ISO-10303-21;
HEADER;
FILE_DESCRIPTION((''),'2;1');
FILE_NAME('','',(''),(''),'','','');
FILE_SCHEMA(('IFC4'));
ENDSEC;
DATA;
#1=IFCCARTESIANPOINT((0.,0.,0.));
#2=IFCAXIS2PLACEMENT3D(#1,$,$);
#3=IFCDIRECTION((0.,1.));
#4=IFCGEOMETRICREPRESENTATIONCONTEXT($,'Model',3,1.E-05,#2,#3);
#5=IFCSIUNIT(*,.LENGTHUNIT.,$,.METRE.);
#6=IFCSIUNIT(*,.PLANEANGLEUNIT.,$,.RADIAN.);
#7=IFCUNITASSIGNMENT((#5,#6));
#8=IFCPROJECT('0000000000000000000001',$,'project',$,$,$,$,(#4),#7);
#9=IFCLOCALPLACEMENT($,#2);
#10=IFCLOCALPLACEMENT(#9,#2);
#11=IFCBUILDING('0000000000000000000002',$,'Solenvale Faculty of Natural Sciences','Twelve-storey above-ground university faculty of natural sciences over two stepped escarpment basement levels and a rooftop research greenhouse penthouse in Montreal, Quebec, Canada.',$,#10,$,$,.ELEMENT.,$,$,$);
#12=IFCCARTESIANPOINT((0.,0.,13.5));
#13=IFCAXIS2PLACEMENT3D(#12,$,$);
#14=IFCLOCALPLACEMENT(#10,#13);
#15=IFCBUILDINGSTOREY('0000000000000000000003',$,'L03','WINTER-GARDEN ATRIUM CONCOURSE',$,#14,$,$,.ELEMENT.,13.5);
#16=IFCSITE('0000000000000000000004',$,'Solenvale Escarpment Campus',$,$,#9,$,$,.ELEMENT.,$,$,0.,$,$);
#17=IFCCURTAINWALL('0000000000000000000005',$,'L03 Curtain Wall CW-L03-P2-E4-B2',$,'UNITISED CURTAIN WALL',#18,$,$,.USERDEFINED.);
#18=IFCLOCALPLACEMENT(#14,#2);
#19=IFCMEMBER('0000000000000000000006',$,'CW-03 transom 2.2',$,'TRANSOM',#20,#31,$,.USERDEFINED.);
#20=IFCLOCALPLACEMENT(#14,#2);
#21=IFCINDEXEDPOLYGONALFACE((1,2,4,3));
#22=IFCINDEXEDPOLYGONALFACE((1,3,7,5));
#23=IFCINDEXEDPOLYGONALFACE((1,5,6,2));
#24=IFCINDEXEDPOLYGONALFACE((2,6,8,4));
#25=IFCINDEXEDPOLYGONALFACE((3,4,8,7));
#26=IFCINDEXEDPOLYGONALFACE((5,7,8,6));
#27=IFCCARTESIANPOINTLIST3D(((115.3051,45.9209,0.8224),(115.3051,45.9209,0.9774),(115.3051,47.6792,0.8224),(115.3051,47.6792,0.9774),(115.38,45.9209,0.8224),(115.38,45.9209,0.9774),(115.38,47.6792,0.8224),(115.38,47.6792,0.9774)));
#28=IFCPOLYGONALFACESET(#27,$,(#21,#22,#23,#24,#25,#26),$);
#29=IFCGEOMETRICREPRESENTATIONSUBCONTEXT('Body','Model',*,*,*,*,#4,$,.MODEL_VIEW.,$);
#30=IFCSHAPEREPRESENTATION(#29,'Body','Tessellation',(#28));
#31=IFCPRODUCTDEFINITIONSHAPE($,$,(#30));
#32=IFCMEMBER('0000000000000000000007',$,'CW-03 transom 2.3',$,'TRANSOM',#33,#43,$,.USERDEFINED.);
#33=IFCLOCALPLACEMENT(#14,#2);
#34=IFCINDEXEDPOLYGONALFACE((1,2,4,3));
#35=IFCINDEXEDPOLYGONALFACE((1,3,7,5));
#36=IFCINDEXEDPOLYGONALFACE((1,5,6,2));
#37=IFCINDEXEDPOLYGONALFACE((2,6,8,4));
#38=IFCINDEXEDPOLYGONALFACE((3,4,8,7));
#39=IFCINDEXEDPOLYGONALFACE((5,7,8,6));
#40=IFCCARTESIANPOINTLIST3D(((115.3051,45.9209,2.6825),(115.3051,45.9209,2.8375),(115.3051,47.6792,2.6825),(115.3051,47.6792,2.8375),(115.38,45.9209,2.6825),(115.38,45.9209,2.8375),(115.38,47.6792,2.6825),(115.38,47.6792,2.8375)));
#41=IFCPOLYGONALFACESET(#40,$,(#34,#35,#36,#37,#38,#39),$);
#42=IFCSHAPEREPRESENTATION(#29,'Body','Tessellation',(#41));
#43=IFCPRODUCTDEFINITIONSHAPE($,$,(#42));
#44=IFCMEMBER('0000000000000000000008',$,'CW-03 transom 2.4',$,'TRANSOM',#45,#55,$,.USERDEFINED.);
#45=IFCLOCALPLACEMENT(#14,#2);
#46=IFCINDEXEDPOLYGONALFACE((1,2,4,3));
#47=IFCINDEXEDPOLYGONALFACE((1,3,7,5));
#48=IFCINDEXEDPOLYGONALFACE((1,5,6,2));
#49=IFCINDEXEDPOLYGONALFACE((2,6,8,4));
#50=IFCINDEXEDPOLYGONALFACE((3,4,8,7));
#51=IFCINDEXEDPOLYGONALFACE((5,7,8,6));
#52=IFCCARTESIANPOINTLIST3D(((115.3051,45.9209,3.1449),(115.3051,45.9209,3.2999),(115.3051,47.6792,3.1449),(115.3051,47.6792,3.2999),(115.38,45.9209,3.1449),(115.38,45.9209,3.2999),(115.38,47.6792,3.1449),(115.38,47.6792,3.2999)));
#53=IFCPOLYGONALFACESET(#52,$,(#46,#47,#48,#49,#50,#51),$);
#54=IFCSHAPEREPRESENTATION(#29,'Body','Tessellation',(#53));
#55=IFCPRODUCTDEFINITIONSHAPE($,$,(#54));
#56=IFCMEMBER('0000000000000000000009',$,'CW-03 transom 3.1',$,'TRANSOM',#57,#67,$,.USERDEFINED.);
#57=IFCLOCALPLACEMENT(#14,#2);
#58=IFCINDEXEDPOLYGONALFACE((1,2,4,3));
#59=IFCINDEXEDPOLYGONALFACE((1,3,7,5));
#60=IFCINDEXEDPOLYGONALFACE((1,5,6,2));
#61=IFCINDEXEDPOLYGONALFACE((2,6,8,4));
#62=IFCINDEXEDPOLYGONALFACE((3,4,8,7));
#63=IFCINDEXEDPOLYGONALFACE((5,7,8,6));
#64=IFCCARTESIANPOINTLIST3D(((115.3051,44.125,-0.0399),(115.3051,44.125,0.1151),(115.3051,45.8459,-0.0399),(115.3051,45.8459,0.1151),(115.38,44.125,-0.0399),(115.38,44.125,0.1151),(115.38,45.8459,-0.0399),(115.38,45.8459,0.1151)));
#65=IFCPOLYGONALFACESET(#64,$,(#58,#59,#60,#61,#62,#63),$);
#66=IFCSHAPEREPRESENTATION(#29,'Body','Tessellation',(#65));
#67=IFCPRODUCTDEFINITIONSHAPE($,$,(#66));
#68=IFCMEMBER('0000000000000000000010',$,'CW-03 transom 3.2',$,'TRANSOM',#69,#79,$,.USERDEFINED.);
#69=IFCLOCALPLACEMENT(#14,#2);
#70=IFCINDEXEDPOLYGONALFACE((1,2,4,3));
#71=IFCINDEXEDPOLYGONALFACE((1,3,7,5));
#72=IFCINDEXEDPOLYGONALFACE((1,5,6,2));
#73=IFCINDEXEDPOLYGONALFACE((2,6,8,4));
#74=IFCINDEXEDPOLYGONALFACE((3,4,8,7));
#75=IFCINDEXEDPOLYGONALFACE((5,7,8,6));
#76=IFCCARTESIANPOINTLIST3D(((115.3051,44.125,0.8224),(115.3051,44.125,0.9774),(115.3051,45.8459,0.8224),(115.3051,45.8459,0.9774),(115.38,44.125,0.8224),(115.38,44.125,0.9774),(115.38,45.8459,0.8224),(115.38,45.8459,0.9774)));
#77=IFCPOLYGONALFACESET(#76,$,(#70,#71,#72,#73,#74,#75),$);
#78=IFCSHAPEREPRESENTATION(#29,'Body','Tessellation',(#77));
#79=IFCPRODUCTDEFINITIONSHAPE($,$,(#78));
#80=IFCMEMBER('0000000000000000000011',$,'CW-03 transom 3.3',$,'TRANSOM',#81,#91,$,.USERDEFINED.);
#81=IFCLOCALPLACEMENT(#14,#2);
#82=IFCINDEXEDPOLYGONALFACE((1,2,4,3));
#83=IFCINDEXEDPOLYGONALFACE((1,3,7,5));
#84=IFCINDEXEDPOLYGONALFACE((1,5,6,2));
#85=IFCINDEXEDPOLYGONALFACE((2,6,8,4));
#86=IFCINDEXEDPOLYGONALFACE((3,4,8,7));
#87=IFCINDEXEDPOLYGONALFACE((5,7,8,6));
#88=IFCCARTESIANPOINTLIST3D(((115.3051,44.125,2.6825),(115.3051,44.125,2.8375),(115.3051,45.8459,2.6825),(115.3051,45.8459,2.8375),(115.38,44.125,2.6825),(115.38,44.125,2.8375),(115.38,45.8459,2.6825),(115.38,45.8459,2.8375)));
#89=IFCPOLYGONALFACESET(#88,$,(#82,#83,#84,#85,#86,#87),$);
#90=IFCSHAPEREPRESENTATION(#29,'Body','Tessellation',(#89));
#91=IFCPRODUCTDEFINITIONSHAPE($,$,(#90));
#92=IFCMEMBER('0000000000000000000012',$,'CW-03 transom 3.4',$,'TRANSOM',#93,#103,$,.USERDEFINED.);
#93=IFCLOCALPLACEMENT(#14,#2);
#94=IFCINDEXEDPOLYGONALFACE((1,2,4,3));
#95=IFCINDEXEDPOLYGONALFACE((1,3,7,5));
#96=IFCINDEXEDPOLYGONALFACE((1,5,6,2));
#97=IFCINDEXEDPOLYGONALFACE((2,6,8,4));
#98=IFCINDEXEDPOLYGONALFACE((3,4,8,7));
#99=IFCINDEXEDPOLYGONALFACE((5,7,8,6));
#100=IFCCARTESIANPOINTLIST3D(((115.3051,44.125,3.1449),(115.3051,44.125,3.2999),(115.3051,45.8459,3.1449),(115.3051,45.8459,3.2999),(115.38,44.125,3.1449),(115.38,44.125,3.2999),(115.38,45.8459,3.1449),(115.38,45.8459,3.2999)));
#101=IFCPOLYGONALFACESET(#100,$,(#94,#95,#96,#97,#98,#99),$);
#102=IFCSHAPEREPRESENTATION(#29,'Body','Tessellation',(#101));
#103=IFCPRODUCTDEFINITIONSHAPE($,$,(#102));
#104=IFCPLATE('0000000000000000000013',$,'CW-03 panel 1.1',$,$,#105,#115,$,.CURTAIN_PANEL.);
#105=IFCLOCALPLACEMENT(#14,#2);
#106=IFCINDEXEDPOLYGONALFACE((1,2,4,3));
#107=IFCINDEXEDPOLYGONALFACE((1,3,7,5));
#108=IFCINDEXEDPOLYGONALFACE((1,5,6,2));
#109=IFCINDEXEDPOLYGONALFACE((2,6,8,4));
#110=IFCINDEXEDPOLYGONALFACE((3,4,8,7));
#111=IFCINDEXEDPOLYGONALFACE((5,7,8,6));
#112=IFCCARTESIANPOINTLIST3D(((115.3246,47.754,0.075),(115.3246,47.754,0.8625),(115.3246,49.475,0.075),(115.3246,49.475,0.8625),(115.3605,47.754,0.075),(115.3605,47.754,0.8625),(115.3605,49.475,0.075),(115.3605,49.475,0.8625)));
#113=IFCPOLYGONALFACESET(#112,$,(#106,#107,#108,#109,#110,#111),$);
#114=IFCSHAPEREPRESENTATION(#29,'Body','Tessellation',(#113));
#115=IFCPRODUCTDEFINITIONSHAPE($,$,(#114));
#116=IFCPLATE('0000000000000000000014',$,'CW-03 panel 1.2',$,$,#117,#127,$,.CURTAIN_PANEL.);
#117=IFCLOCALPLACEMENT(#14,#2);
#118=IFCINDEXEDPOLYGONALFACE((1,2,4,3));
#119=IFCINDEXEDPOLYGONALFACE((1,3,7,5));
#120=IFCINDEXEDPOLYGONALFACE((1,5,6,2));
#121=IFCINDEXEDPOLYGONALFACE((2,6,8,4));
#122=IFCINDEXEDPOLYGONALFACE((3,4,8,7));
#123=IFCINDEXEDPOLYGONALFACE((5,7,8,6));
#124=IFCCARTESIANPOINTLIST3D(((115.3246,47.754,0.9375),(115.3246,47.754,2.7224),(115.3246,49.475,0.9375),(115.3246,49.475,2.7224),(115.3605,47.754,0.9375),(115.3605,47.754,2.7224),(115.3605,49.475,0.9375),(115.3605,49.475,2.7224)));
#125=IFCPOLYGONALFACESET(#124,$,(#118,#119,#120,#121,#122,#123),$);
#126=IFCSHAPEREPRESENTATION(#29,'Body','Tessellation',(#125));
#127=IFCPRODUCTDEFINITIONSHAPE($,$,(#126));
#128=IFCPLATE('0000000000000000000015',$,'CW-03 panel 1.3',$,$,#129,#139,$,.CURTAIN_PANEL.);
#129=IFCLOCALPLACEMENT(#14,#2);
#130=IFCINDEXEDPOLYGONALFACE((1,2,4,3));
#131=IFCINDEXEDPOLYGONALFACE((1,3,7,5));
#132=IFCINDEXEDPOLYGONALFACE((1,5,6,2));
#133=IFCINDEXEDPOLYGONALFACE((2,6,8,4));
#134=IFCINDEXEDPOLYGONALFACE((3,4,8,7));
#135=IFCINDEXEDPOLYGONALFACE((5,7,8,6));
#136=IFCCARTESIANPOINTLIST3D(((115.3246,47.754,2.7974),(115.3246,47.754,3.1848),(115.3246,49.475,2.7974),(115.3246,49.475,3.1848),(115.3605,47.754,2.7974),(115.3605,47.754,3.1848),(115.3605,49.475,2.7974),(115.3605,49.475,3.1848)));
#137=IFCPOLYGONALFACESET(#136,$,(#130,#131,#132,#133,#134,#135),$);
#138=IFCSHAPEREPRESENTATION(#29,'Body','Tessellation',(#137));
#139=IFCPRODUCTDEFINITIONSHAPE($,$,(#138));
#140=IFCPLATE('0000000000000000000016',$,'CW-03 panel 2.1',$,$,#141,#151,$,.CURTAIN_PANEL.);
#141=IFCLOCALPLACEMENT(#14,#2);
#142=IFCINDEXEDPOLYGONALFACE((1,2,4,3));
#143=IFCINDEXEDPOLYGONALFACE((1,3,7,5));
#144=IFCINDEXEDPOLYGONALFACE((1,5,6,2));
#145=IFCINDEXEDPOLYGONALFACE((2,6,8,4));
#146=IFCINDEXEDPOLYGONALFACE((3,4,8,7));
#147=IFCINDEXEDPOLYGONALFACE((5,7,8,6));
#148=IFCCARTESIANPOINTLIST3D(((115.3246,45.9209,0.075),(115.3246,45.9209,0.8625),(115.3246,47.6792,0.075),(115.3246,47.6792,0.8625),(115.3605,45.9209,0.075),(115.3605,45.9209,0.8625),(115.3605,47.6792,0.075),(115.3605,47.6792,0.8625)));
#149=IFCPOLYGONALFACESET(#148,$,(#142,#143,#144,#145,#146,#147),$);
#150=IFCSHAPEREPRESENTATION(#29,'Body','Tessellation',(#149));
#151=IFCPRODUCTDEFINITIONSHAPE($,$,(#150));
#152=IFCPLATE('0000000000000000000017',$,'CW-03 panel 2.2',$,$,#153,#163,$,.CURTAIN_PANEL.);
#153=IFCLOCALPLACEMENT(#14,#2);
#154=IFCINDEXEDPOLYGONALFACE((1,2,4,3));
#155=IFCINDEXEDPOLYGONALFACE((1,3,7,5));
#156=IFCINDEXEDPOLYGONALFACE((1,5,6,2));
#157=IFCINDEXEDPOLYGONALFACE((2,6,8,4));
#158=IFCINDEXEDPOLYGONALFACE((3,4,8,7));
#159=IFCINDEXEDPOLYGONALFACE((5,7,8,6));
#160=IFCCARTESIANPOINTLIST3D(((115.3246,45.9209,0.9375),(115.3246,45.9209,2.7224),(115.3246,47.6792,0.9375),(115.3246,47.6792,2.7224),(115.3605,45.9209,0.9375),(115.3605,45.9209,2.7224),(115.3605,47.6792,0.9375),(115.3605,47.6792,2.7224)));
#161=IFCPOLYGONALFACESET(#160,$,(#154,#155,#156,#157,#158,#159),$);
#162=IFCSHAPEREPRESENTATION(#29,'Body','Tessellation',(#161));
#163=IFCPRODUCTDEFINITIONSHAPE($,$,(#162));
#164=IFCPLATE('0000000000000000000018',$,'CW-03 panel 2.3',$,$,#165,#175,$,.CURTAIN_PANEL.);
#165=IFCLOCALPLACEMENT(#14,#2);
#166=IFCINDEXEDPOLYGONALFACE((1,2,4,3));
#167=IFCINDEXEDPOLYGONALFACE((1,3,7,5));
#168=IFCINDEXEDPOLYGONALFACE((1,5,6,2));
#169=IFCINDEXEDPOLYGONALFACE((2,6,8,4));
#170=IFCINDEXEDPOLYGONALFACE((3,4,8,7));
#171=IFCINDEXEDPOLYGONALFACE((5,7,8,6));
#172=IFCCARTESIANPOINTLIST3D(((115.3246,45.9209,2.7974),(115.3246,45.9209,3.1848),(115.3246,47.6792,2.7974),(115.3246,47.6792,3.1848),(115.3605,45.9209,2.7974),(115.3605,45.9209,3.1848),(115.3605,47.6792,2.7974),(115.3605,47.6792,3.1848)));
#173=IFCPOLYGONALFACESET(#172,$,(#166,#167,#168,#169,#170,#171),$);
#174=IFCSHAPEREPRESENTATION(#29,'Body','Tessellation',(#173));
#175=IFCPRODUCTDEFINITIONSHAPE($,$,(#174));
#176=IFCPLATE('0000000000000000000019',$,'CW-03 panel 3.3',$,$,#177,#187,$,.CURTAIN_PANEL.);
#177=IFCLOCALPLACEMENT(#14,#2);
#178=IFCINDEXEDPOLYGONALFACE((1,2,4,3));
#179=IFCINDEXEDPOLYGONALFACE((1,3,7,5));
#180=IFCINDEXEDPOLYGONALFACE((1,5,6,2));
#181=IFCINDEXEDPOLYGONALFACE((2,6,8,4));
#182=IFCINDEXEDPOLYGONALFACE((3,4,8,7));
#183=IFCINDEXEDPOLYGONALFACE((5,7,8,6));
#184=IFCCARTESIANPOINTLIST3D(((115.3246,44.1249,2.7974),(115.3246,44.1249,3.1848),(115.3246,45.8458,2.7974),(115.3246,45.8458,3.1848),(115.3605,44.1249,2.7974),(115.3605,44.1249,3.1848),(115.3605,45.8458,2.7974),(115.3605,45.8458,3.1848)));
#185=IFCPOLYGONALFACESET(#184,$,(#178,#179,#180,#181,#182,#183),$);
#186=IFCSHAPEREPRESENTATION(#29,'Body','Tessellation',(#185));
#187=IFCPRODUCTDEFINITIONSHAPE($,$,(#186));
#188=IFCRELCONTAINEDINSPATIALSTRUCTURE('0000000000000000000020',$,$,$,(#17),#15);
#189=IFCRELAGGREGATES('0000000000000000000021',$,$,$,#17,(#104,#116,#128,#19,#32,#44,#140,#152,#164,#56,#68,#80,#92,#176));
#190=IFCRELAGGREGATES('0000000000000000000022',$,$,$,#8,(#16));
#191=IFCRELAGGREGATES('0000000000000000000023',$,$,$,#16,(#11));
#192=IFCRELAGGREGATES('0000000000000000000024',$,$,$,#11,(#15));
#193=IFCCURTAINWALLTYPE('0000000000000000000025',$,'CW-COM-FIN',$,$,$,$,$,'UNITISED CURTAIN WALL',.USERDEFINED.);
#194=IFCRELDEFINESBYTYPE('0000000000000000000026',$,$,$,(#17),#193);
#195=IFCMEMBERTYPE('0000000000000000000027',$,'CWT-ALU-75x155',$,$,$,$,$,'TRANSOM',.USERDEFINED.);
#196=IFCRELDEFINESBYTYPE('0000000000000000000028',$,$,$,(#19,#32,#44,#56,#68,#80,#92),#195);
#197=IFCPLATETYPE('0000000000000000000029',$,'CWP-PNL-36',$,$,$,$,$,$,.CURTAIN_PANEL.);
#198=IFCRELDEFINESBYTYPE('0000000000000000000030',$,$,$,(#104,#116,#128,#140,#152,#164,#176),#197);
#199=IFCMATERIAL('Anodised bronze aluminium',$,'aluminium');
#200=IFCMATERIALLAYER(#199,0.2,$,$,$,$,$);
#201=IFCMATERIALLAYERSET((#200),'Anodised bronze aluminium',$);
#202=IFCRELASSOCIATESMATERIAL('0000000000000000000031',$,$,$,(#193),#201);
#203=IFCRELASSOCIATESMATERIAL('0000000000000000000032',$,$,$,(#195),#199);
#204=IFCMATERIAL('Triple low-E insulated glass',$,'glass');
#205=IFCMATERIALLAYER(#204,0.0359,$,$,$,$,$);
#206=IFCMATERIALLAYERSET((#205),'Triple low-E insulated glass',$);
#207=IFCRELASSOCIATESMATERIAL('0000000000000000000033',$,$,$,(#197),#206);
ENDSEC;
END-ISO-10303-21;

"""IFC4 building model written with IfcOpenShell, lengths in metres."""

from ifc_helpers import new_model, si_unit, direction, frame, origin, origin_2d, place, context, subcontext, project, spatial, rectangle, extrude, material, layer, layer_set, material_profile, profile_set, type_object, element, aggregate, save


model = new_model("IFC4")

# Units and contexts
model_context = context("Model", 3, precision=1e-05, world=origin(), true_north=direction((0.0, 1.0)))
body_context = subcontext(model_context, "Body", "Model", "MODEL_VIEW")
ifc_project = project(units=[si_unit("LENGTHUNIT", "METRE"), si_unit("PLANEANGLEUNIT", "RADIAN")], contexts=[model_context])

# Site, building, storey
site_placement = place(None, origin())
site = spatial("IfcSite", under=ifc_project, at=site_placement, Name="Solenvale Escarpment Campus", CompositionType="ELEMENT", RefElevation=0.0)
building_placement = place(site_placement, origin())
building = spatial("IfcBuilding", under=site, at=building_placement, Name="Solenvale Faculty of Natural Sciences", Description="Twelve-storey above-ground university faculty of natural sciences over two stepped escarpment basement levels and a rooftop research greenhouse penthouse in Montreal, Quebec, Canada.", CompositionType="ELEMENT")
storey_placement = place(building_placement, frame((0.0, 0.0, 13.5)))
storey = spatial("IfcBuildingStorey", under=building, at=storey_placement, Name="L03", Description="WINTER-GARDEN ATRIUM CONCOURSE", CompositionType="ELEMENT", Elevation=13.5)

# Curtain wall, members, plates
ifc_material_1 = material(Name="Anodised bronze aluminium", Category="aluminium")
ifc_layer_1 = layer(ifc_material_1, 0.2)
ifc_layer_set_1 = layer_set([ifc_layer_1], Name="Anodised bronze aluminium")
curtain_wall_type = type_object("IfcCurtainWallType", Name="CW-COM-FIN", ElementType="UNITISED CURTAIN WALL", PredefinedType="USERDEFINED", material=ifc_layer_set_1)
curtain_wall_placement = place(storey_placement, origin())
curtain_wall = element("IfcCurtainWall", 1, at=curtain_wall_placement, inside=storey, type_object=curtain_wall_type, Name="L03 Curtain Wall CW-L03-P2-E4-B2", ObjectType="UNITISED CURTAIN WALL", PredefinedType="USERDEFINED")
ifc_material_profile_1 = material_profile(ifc_material_1, rectangle(XDim=0.075, YDim=0.155, at=origin_2d()), Name="ALU-TRN-75x155")
ifc_profile_set_1 = profile_set([ifc_material_profile_1], Name="Anodised bronze aluminium")
member_type_1 = type_object("IfcMemberType", Name="CWT-ALU-75x155", ElementType="TRANSOM", PredefinedType="USERDEFINED", material=ifc_profile_set_1)
member_1_placement = place(storey_placement, frame((115.3425, 47.6792, 0.8999), z_axis=(0.0, -1.0, 0.0), x_axis=(1.0, 0.0, 0.0)))
member_1 = element("IfcMember", 2, at=member_1_placement, type_object=member_type_1, Name="CW-03 transom 2.2", ObjectType="TRANSOM", PredefinedType="USERDEFINED", context=body_context, shape_type="SweptSolid", body=[
    extrude(rectangle(XDim=0.075, YDim=0.155, at=origin_2d()), origin(), (0.0, 0.0, 1.0), 1.7583),
])
member_2_placement = place(storey_placement, frame((115.3425, 47.6792, 2.76), z_axis=(0.0, -1.0, 0.0), x_axis=(1.0, 0.0, 0.0)))
member_2 = element("IfcMember", 3, at=member_2_placement, type_object=member_type_1, Name="CW-03 transom 2.3", ObjectType="TRANSOM", PredefinedType="USERDEFINED", context=body_context, shape_type="SweptSolid", body=[
    extrude(rectangle(XDim=0.075, YDim=0.155, at=origin_2d()), origin(), (0.0, 0.0, 1.0), 1.7583),
])
member_3_placement = place(storey_placement, frame((115.3425, 47.6792, 3.2224), z_axis=(0.0, -1.0, 0.0), x_axis=(1.0, 0.0, 0.0)))
member_3 = element("IfcMember", 4, at=member_3_placement, type_object=member_type_1, Name="CW-03 transom 2.4", ObjectType="TRANSOM", PredefinedType="USERDEFINED", context=body_context, shape_type="SweptSolid", body=[
    extrude(rectangle(XDim=0.075, YDim=0.155, at=origin_2d()), origin(), (0.0, 0.0, 1.0), 1.7583),
])
member_4_placement = place(storey_placement, frame((115.3425, 45.8459, 0.0376), z_axis=(0.0, -1.0, 0.0), x_axis=(1.0, 0.0, 0.0)))
member_4 = element("IfcMember", 5, at=member_4_placement, type_object=member_type_1, Name="CW-03 transom 3.1", ObjectType="TRANSOM", PredefinedType="USERDEFINED", context=body_context, shape_type="SweptSolid", body=[
    extrude(rectangle(XDim=0.075, YDim=0.155, at=origin_2d()), origin(), (0.0, 0.0, 1.0), 1.7209),
])
member_5_placement = place(storey_placement, frame((115.3425, 45.8459, 0.8999), z_axis=(0.0, -1.0, 0.0), x_axis=(1.0, 0.0, 0.0)))
member_5 = element("IfcMember", 6, at=member_5_placement, type_object=member_type_1, Name="CW-03 transom 3.2", ObjectType="TRANSOM", PredefinedType="USERDEFINED", context=body_context, shape_type="SweptSolid", body=[
    extrude(rectangle(XDim=0.075, YDim=0.155, at=origin_2d()), origin(), (0.0, 0.0, 1.0), 1.7209),
])
member_6_placement = place(storey_placement, frame((115.3425, 45.8459, 2.76), z_axis=(0.0, -1.0, 0.0), x_axis=(1.0, 0.0, 0.0)))
member_6 = element("IfcMember", 7, at=member_6_placement, type_object=member_type_1, Name="CW-03 transom 3.3", ObjectType="TRANSOM", PredefinedType="USERDEFINED", context=body_context, shape_type="SweptSolid", body=[
    extrude(rectangle(XDim=0.075, YDim=0.155, at=origin_2d()), origin(), (0.0, 0.0, 1.0), 1.7209),
])
member_7_placement = place(storey_placement, frame((115.3425, 45.8459, 3.2224), z_axis=(0.0, -1.0, 0.0), x_axis=(1.0, 0.0, 0.0)))
member_7 = element("IfcMember", 8, at=member_7_placement, type_object=member_type_1, Name="CW-03 transom 3.4", ObjectType="TRANSOM", PredefinedType="USERDEFINED", context=body_context, shape_type="SweptSolid", body=[
    extrude(rectangle(XDim=0.075, YDim=0.155, at=origin_2d()), origin(), (0.0, 0.0, 1.0), 1.7209),
])
ifc_material_2 = material(Name="Triple low-E insulated glass", Category="glass")
ifc_layer_2 = layer(ifc_material_2, 0.0359)
ifc_layer_set_2 = layer_set([ifc_layer_2], Name="Triple low-E insulated glass")
plate_type = type_object("IfcPlateType", Name="CWP-PNL-36", PredefinedType="CURTAIN_PANEL", material=ifc_layer_set_2)
plate_1_placement = place(storey_placement, frame((115.3425, 48.6145, 0.075), z_axis=(0.0, 0.0, 1.0), x_axis=(0.0, -1.0, 0.0)))
plate_1 = element("IfcPlate", 9, at=plate_1_placement, type_object=plate_type, Name="CW-03 panel 1.1", PredefinedType="CURTAIN_PANEL", context=body_context, shape_type="SweptSolid", body=[
    extrude(rectangle(XDim=1.7209, YDim=0.0359, at=origin_2d()), origin(), (0.0, 0.0, 1.0), 0.7876),
])
plate_2_placement = place(storey_placement, frame((115.3425, 48.6145, 0.9375), z_axis=(0.0, 0.0, 1.0), x_axis=(0.0, -1.0, 0.0)))
plate_2 = element("IfcPlate", 10, at=plate_2_placement, type_object=plate_type, Name="CW-03 panel 1.2", PredefinedType="CURTAIN_PANEL", context=body_context, shape_type="SweptSolid", body=[
    extrude(rectangle(XDim=1.7209, YDim=0.0359, at=origin_2d()), origin(), (0.0, 0.0, 1.0), 1.7849),
])
plate_3_placement = place(storey_placement, frame((115.3425, 48.6145, 2.7974), z_axis=(0.0, 0.0, 1.0), x_axis=(0.0, -1.0, 0.0)))
plate_3 = element("IfcPlate", 11, at=plate_3_placement, type_object=plate_type, Name="CW-03 panel 1.3", PredefinedType="CURTAIN_PANEL", context=body_context, shape_type="SweptSolid", body=[
    extrude(rectangle(XDim=1.7209, YDim=0.0359, at=origin_2d()), origin(), (0.0, 0.0, 1.0), 0.3875),
])
plate_4_placement = place(storey_placement, frame((115.3425, 46.8, 0.075), z_axis=(0.0, 0.0, 1.0), x_axis=(0.0, -1.0, 0.0)))
plate_4 = element("IfcPlate", 12, at=plate_4_placement, type_object=plate_type, Name="CW-03 panel 2.1", PredefinedType="CURTAIN_PANEL", context=body_context, shape_type="SweptSolid", body=[
    extrude(rectangle(XDim=1.7583, YDim=0.0359, at=origin_2d()), origin(), (0.0, 0.0, 1.0), 0.7876),
])
plate_5_placement = place(storey_placement, frame((115.3425, 46.8, 0.9375), z_axis=(0.0, 0.0, 1.0), x_axis=(0.0, -1.0, 0.0)))
plate_5 = element("IfcPlate", 13, at=plate_5_placement, type_object=plate_type, Name="CW-03 panel 2.2", PredefinedType="CURTAIN_PANEL", context=body_context, shape_type="SweptSolid", body=[
    extrude(rectangle(XDim=1.7583, YDim=0.0359, at=origin_2d()), origin(), (0.0, 0.0, 1.0), 1.7849),
])
plate_6_placement = place(storey_placement, frame((115.3425, 46.8, 2.7974), z_axis=(0.0, 0.0, 1.0), x_axis=(0.0, -1.0, 0.0)))
plate_6 = element("IfcPlate", 14, at=plate_6_placement, type_object=plate_type, Name="CW-03 panel 2.3", PredefinedType="CURTAIN_PANEL", context=body_context, shape_type="SweptSolid", body=[
    extrude(rectangle(XDim=1.7583, YDim=0.0359, at=origin_2d()), origin(), (0.0, 0.0, 1.0), 0.3875),
])
plate_7_placement = place(storey_placement, frame((115.3425, 44.9854, 2.7974), z_axis=(0.0, 0.0, 1.0), x_axis=(0.0, -1.0, 0.0)))
plate_7 = element("IfcPlate", 15, at=plate_7_placement, type_object=plate_type, Name="CW-03 panel 3.3", PredefinedType="CURTAIN_PANEL", context=body_context, shape_type="SweptSolid", body=[
    extrude(rectangle(XDim=1.7209, YDim=0.0359, at=origin_2d()), origin(), (0.0, 0.0, 1.0), 0.3875),
])
aggregate(curtain_wall, [plate_1, plate_2, plate_3, member_1, member_2, member_3, plate_4, plate_5, plate_6, member_4, member_5, member_6, member_7, plate_7])

save(model, "model.ifc")
